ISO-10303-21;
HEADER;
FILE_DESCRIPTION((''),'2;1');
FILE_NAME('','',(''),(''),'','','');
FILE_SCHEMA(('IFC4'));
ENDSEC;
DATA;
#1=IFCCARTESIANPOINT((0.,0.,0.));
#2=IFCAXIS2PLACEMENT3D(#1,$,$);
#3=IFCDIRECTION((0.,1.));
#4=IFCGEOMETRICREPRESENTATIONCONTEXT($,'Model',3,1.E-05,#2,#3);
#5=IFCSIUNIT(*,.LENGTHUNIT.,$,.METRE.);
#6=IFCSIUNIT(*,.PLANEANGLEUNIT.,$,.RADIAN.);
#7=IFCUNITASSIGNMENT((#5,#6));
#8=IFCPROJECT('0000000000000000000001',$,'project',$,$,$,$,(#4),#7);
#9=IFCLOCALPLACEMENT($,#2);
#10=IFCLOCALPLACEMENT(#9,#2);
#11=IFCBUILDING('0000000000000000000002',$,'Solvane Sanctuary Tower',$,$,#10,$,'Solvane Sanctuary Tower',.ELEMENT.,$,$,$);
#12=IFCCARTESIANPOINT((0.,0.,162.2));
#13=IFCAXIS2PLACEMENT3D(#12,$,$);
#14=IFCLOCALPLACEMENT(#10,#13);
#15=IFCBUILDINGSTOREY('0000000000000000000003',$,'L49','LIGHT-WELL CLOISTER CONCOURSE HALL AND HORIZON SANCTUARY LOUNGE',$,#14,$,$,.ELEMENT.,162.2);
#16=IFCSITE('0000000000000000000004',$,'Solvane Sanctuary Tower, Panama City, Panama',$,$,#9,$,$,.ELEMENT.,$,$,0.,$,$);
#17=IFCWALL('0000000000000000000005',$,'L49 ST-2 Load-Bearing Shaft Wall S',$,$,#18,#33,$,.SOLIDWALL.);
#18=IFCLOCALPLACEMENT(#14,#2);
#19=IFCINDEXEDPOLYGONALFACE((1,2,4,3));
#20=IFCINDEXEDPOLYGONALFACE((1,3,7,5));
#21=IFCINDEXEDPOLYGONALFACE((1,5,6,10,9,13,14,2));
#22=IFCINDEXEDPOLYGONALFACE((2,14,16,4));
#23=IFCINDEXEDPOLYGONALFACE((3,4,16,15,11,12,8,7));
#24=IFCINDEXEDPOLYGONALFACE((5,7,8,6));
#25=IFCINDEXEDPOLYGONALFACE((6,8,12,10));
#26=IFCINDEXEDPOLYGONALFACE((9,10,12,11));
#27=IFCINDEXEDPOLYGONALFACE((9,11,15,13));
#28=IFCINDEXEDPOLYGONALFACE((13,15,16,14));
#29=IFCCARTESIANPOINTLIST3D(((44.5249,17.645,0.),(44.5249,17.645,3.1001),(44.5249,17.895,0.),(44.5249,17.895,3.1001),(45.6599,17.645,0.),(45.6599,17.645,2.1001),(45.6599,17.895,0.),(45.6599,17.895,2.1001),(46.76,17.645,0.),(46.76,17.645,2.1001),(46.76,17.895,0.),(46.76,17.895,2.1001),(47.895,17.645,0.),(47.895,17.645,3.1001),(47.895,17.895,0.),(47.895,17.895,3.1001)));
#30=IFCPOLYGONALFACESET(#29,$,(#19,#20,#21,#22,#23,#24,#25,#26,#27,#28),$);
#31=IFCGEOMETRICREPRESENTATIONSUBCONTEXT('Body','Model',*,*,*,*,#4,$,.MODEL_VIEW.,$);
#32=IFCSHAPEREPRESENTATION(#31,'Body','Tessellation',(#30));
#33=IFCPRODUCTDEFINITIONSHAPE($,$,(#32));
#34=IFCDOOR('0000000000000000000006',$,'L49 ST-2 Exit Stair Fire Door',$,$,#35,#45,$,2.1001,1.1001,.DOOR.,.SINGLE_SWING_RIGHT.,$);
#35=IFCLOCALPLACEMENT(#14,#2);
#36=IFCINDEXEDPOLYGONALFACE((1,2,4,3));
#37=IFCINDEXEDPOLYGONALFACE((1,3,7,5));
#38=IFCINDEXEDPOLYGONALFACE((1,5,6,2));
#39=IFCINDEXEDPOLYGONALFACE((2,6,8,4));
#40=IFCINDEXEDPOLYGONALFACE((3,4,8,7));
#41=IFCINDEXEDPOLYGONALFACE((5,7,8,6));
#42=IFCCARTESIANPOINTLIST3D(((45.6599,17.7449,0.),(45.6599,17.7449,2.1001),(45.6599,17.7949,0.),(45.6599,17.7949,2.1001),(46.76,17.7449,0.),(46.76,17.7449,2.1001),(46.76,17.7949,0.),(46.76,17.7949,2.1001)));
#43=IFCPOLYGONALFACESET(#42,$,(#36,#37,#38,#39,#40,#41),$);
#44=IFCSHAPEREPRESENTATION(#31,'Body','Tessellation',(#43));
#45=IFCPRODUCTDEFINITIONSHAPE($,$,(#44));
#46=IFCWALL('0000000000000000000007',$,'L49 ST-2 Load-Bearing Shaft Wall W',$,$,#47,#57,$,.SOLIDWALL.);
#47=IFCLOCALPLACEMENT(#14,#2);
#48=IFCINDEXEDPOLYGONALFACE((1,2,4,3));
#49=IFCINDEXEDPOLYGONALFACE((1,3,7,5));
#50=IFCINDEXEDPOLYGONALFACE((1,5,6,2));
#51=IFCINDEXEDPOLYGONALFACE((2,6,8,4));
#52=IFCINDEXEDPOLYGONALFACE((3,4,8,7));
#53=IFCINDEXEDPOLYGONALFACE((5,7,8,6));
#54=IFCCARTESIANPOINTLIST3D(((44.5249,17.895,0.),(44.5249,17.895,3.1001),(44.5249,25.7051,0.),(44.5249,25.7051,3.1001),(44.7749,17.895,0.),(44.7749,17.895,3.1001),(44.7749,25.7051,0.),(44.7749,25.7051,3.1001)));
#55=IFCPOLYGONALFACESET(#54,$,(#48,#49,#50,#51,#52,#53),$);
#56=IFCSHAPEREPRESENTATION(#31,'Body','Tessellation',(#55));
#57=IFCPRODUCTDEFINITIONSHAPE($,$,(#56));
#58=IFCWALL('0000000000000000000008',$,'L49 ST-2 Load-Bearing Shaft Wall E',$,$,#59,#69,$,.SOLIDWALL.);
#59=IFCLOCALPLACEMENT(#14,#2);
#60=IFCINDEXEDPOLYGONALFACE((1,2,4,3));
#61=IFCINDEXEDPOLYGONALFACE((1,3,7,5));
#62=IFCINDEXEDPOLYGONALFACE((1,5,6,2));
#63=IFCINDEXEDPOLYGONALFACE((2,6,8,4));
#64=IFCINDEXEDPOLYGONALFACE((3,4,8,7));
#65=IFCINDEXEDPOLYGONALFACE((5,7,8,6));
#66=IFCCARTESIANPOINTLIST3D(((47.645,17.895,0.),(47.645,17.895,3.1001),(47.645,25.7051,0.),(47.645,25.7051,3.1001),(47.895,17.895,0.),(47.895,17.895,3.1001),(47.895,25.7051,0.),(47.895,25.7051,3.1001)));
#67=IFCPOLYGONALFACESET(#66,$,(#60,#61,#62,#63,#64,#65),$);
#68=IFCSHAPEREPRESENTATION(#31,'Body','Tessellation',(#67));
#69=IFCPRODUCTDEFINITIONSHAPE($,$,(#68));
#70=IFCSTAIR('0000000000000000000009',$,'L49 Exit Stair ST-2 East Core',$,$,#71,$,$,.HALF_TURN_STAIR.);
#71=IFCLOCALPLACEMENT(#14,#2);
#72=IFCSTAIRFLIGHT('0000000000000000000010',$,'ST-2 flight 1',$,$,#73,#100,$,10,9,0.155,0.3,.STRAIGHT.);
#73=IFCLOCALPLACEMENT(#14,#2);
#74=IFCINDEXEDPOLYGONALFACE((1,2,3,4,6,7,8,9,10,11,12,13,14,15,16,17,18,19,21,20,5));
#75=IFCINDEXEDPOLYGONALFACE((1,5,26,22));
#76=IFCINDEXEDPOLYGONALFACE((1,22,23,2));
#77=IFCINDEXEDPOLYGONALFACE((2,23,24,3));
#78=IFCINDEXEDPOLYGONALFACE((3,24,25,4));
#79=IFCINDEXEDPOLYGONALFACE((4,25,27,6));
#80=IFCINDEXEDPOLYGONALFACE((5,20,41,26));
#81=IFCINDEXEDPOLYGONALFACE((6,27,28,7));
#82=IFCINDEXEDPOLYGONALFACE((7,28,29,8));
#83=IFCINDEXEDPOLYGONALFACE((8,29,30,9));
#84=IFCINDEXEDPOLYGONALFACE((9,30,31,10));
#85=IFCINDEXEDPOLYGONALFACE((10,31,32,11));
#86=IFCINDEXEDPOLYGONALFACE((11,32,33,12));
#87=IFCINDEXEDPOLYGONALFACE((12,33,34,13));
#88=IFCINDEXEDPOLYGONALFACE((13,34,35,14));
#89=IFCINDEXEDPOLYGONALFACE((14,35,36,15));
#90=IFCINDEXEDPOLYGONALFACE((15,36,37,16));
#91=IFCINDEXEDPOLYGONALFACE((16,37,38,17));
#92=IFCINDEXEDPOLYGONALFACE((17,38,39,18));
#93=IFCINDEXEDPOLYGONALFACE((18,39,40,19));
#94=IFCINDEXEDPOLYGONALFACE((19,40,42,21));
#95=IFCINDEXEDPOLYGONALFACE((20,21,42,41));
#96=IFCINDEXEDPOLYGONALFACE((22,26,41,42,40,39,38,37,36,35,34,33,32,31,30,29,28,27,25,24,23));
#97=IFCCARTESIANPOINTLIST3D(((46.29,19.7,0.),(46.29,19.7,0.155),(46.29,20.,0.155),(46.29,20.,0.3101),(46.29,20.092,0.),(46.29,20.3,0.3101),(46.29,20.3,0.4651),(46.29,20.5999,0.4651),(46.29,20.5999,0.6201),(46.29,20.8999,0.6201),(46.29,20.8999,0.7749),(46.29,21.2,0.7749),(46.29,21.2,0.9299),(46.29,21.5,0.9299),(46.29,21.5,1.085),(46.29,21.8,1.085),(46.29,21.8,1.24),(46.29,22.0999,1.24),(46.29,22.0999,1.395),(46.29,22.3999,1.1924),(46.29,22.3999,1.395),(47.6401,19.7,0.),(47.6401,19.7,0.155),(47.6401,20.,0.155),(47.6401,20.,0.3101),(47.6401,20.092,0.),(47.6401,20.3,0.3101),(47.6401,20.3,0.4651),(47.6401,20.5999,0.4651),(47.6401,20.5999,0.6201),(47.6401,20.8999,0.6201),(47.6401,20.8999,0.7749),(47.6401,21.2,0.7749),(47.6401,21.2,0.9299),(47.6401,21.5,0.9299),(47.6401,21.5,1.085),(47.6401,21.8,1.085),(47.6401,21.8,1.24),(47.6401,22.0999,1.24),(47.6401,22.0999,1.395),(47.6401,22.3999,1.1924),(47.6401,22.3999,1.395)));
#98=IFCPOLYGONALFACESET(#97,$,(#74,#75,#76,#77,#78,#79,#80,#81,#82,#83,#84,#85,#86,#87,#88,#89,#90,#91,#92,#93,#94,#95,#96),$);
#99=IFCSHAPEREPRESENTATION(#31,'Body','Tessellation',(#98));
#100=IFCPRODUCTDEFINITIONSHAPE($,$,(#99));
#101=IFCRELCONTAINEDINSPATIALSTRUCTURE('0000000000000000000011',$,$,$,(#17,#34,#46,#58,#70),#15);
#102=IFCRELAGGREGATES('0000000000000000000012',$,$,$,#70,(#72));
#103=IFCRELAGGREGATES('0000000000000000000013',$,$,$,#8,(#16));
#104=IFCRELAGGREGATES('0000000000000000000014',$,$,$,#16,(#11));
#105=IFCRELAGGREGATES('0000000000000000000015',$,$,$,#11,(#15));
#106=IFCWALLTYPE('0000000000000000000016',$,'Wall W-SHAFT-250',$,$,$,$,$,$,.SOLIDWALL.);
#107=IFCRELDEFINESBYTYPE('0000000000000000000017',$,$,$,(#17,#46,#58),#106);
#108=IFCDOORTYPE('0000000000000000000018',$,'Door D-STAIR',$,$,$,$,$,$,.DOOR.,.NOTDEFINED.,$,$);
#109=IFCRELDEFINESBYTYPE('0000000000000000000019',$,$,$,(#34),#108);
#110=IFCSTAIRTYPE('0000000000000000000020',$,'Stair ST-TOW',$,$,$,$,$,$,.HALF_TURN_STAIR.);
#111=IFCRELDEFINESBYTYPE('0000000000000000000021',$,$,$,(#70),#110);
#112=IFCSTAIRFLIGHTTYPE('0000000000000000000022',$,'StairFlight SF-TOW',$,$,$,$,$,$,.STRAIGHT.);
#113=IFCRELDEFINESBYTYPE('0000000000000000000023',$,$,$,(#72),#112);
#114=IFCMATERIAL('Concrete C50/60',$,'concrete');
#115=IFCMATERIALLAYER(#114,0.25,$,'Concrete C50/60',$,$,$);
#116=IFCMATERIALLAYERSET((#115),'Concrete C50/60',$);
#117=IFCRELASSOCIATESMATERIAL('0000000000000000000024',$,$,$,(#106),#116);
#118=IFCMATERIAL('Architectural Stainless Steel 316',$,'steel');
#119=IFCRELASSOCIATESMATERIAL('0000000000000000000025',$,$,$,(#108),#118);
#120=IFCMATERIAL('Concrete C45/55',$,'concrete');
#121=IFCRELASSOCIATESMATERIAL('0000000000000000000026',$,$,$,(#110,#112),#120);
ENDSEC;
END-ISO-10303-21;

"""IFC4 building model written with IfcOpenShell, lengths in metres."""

from ifc_helpers import new_model, si_unit, direction, frame, frame_2d, origin, place, context, subcontext, project, spatial, polyline, rectangle, outline, extrude, material, layer, layer_set, type_object, element, fill, aggregate, save


model = new_model("IFC4")

# Units and contexts
model_context = context("Model", 3, precision=1e-05, world=origin(), true_north=direction((0.0, 1.0)))
body_context = subcontext(model_context, "Body", "Model", "MODEL_VIEW")
ifc_project = project(units=[si_unit("LENGTHUNIT", "METRE"), si_unit("PLANEANGLEUNIT", "RADIAN")], contexts=[model_context])

# Site, building, storey
site_placement = place(None, origin())
site = spatial("IfcSite", under=ifc_project, at=site_placement, Name="Solvane Sanctuary Tower, Panama City, Panama", CompositionType="ELEMENT", RefElevation=0.0)
building_placement = place(site_placement, origin())
building = spatial("IfcBuilding", under=site, at=building_placement, Name="Solvane Sanctuary Tower", LongName="Solvane Sanctuary Tower", CompositionType="ELEMENT")
storey_placement = place(building_placement, frame((0.0, 0.0, 162.2)))
storey = spatial("IfcBuildingStorey", under=building, at=storey_placement, Name="L49", Description="LIGHT-WELL CLOISTER CONCOURSE HALL AND HORIZON SANCTUARY LOUNGE", CompositionType="ELEMENT", Elevation=162.2)

# Wall, opening, door
ifc_material_1 = material(Name="Concrete C50/60", Category="concrete")
ifc_layer_1 = layer(ifc_material_1, 0.25, Name="Concrete C50/60")
ifc_layer_set_1 = layer_set([ifc_layer_1], Name="Concrete C50/60")
wall_type_1 = type_object("IfcWallType", Name="Wall W-SHAFT-250", PredefinedType="SOLIDWALL", material=ifc_layer_set_1)
wall_1_placement = place(storey_placement, frame((44.5249, 17.77, 0.0), z_axis=(0.0, 0.0, 1.0), x_axis=(1.0, 0.0, 0.0)))
wall_1 = element("IfcWall", 1, at=wall_1_placement, inside=storey, type_object=wall_type_1, Name="L49 ST-2 Load-Bearing Shaft Wall S", PredefinedType="SOLIDWALL", context=body_context, shape_type="SweptSolid", body=[
    extrude(rectangle(XDim=3.3701, YDim=0.25, at=frame_2d((1.6851, 0.0))), origin(), (0.0, 0.0, 1.0), 3.1001),
])
opening_1_placement = place(wall_1_placement, frame((1.135, 0.0, 0.0)))
opening_1 = element("IfcOpeningElement", 2, at=opening_1_placement, cuts=wall_1, PredefinedType="OPENING", context=body_context, shape_type="SweptSolid", body=[
    extrude(rectangle(XDim=1.1001, YDim=2.1001, at=frame_2d((0.55, 1.05))), frame((0.0, 0.135, 0.0), z_axis=(0.0, -1.0, 0.0), x_axis=(1.0, 0.0, 0.0)), (0.0, 0.0, 1.0), 0.27),
])
ifc_material_2 = material(Name="Architectural Stainless Steel 316", Category="steel")
door_type_1 = type_object("IfcDoorType", Name="Door D-STAIR", OperationType="NOTDEFINED", PredefinedType="DOOR", material=ifc_material_2)
door_1_placement = place(opening_1_placement, origin())
door_1 = element("IfcDoor", 3, at=door_1_placement, inside=storey, type_object=door_type_1, Name="L49 ST-2 Exit Stair Fire Door", OperationType="SINGLE_SWING_RIGHT", OverallHeight=2.1001, OverallWidth=1.1001, PredefinedType="DOOR", context=body_context, shape_type="SweptSolid", body=[
    extrude(rectangle(XDim=1.1001, YDim=2.1001, at=frame_2d((0.55, 1.05))), frame((0.0, 0.0249, 0.0), z_axis=(0.0, -1.0, 0.0), x_axis=(1.0, 0.0, 0.0)), (0.0, 0.0, 1.0), 0.05),
])
fill(opening_1, door_1)

# Walls
for number, where, z_axis, x_axis, name in (
    (4, (44.6499, 17.895, 0.0), (0.0, 0.0, 1.0), (0.0, 1.0, 0.0), "L49 ST-2 Load-Bearing Shaft Wall W"),
    (5, (47.77, 17.895, 0.0), (0.0, 0.0, 1.0), (0.0, 1.0, 0.0), "L49 ST-2 Load-Bearing Shaft Wall E"),
):
    element("IfcWall", number, at=place(storey_placement, frame(where, z_axis=z_axis, x_axis=x_axis)), inside=storey, type_object=wall_type_1, Name=name, PredefinedType="SOLIDWALL", context=body_context, shape_type="SweptSolid", body=[
        extrude(rectangle(XDim=7.8101, YDim=0.25, at=frame_2d((3.905, 0.0))), origin(), (0.0, 0.0, 1.0), 3.1001),
    ])

# Stair, stair flight
ifc_material_3 = material(Name="Concrete C45/55", Category="concrete")
stair_type = type_object("IfcStairType", Name="Stair ST-TOW", PredefinedType="HALF_TURN_STAIR", material=ifc_material_3)
stair_placement = place(storey_placement, origin())
stair = element("IfcStair", 6, at=stair_placement, inside=storey, type_object=stair_type, Name="L49 Exit Stair ST-2 East Core", PredefinedType="HALF_TURN_STAIR")
stair_flight_type = type_object("IfcStairFlightType", Name="StairFlight SF-TOW", PredefinedType="STRAIGHT", material=ifc_material_3)
stair_flight_placement = place(storey_placement, frame((46.9651, 19.7, 0.0), z_axis=(0.0, 0.0, 1.0), x_axis=(0.0, 1.0, 0.0)))
stair_flight = element("IfcStairFlight", 7, at=stair_flight_placement, type_object=stair_flight_type, Name="ST-2 flight 1", NumberOfRisers=10, NumberOfTreads=9, PredefinedType="STRAIGHT", RiserHeight=0.155, TreadLength=0.3, context=body_context, shape_type="SweptSolid", body=[
    extrude(outline(polyline([(0.0, 0.0), (0.0, 0.155), (0.3, 0.155), (0.3, 0.3101), (0.6001, 0.3101), (0.6001, 0.4651), (0.8999, 0.4651), (0.8999, 0.6201), (1.2, 0.6201), (1.2, 0.7749), (1.5, 0.7749), (1.5, 0.9299), (1.8, 0.9299), (1.8, 1.085), (2.1001, 1.085), (2.1001, 1.24), (2.3999, 1.24), (2.3999, 1.395), (2.7, 1.395), (2.7, 1.55), (2.7, 1.1924), (0.3921, 0.0), (0.0, 0.0)])), frame((0.0, 0.675, 0.0), z_axis=(0.0, -1.0, 0.0), x_axis=(1.0, 0.0, 0.0)), (0.0, 0.0, 1.0), 1.3501),
])
aggregate(stair, [stair_flight])

save(model, "model.ifc")
